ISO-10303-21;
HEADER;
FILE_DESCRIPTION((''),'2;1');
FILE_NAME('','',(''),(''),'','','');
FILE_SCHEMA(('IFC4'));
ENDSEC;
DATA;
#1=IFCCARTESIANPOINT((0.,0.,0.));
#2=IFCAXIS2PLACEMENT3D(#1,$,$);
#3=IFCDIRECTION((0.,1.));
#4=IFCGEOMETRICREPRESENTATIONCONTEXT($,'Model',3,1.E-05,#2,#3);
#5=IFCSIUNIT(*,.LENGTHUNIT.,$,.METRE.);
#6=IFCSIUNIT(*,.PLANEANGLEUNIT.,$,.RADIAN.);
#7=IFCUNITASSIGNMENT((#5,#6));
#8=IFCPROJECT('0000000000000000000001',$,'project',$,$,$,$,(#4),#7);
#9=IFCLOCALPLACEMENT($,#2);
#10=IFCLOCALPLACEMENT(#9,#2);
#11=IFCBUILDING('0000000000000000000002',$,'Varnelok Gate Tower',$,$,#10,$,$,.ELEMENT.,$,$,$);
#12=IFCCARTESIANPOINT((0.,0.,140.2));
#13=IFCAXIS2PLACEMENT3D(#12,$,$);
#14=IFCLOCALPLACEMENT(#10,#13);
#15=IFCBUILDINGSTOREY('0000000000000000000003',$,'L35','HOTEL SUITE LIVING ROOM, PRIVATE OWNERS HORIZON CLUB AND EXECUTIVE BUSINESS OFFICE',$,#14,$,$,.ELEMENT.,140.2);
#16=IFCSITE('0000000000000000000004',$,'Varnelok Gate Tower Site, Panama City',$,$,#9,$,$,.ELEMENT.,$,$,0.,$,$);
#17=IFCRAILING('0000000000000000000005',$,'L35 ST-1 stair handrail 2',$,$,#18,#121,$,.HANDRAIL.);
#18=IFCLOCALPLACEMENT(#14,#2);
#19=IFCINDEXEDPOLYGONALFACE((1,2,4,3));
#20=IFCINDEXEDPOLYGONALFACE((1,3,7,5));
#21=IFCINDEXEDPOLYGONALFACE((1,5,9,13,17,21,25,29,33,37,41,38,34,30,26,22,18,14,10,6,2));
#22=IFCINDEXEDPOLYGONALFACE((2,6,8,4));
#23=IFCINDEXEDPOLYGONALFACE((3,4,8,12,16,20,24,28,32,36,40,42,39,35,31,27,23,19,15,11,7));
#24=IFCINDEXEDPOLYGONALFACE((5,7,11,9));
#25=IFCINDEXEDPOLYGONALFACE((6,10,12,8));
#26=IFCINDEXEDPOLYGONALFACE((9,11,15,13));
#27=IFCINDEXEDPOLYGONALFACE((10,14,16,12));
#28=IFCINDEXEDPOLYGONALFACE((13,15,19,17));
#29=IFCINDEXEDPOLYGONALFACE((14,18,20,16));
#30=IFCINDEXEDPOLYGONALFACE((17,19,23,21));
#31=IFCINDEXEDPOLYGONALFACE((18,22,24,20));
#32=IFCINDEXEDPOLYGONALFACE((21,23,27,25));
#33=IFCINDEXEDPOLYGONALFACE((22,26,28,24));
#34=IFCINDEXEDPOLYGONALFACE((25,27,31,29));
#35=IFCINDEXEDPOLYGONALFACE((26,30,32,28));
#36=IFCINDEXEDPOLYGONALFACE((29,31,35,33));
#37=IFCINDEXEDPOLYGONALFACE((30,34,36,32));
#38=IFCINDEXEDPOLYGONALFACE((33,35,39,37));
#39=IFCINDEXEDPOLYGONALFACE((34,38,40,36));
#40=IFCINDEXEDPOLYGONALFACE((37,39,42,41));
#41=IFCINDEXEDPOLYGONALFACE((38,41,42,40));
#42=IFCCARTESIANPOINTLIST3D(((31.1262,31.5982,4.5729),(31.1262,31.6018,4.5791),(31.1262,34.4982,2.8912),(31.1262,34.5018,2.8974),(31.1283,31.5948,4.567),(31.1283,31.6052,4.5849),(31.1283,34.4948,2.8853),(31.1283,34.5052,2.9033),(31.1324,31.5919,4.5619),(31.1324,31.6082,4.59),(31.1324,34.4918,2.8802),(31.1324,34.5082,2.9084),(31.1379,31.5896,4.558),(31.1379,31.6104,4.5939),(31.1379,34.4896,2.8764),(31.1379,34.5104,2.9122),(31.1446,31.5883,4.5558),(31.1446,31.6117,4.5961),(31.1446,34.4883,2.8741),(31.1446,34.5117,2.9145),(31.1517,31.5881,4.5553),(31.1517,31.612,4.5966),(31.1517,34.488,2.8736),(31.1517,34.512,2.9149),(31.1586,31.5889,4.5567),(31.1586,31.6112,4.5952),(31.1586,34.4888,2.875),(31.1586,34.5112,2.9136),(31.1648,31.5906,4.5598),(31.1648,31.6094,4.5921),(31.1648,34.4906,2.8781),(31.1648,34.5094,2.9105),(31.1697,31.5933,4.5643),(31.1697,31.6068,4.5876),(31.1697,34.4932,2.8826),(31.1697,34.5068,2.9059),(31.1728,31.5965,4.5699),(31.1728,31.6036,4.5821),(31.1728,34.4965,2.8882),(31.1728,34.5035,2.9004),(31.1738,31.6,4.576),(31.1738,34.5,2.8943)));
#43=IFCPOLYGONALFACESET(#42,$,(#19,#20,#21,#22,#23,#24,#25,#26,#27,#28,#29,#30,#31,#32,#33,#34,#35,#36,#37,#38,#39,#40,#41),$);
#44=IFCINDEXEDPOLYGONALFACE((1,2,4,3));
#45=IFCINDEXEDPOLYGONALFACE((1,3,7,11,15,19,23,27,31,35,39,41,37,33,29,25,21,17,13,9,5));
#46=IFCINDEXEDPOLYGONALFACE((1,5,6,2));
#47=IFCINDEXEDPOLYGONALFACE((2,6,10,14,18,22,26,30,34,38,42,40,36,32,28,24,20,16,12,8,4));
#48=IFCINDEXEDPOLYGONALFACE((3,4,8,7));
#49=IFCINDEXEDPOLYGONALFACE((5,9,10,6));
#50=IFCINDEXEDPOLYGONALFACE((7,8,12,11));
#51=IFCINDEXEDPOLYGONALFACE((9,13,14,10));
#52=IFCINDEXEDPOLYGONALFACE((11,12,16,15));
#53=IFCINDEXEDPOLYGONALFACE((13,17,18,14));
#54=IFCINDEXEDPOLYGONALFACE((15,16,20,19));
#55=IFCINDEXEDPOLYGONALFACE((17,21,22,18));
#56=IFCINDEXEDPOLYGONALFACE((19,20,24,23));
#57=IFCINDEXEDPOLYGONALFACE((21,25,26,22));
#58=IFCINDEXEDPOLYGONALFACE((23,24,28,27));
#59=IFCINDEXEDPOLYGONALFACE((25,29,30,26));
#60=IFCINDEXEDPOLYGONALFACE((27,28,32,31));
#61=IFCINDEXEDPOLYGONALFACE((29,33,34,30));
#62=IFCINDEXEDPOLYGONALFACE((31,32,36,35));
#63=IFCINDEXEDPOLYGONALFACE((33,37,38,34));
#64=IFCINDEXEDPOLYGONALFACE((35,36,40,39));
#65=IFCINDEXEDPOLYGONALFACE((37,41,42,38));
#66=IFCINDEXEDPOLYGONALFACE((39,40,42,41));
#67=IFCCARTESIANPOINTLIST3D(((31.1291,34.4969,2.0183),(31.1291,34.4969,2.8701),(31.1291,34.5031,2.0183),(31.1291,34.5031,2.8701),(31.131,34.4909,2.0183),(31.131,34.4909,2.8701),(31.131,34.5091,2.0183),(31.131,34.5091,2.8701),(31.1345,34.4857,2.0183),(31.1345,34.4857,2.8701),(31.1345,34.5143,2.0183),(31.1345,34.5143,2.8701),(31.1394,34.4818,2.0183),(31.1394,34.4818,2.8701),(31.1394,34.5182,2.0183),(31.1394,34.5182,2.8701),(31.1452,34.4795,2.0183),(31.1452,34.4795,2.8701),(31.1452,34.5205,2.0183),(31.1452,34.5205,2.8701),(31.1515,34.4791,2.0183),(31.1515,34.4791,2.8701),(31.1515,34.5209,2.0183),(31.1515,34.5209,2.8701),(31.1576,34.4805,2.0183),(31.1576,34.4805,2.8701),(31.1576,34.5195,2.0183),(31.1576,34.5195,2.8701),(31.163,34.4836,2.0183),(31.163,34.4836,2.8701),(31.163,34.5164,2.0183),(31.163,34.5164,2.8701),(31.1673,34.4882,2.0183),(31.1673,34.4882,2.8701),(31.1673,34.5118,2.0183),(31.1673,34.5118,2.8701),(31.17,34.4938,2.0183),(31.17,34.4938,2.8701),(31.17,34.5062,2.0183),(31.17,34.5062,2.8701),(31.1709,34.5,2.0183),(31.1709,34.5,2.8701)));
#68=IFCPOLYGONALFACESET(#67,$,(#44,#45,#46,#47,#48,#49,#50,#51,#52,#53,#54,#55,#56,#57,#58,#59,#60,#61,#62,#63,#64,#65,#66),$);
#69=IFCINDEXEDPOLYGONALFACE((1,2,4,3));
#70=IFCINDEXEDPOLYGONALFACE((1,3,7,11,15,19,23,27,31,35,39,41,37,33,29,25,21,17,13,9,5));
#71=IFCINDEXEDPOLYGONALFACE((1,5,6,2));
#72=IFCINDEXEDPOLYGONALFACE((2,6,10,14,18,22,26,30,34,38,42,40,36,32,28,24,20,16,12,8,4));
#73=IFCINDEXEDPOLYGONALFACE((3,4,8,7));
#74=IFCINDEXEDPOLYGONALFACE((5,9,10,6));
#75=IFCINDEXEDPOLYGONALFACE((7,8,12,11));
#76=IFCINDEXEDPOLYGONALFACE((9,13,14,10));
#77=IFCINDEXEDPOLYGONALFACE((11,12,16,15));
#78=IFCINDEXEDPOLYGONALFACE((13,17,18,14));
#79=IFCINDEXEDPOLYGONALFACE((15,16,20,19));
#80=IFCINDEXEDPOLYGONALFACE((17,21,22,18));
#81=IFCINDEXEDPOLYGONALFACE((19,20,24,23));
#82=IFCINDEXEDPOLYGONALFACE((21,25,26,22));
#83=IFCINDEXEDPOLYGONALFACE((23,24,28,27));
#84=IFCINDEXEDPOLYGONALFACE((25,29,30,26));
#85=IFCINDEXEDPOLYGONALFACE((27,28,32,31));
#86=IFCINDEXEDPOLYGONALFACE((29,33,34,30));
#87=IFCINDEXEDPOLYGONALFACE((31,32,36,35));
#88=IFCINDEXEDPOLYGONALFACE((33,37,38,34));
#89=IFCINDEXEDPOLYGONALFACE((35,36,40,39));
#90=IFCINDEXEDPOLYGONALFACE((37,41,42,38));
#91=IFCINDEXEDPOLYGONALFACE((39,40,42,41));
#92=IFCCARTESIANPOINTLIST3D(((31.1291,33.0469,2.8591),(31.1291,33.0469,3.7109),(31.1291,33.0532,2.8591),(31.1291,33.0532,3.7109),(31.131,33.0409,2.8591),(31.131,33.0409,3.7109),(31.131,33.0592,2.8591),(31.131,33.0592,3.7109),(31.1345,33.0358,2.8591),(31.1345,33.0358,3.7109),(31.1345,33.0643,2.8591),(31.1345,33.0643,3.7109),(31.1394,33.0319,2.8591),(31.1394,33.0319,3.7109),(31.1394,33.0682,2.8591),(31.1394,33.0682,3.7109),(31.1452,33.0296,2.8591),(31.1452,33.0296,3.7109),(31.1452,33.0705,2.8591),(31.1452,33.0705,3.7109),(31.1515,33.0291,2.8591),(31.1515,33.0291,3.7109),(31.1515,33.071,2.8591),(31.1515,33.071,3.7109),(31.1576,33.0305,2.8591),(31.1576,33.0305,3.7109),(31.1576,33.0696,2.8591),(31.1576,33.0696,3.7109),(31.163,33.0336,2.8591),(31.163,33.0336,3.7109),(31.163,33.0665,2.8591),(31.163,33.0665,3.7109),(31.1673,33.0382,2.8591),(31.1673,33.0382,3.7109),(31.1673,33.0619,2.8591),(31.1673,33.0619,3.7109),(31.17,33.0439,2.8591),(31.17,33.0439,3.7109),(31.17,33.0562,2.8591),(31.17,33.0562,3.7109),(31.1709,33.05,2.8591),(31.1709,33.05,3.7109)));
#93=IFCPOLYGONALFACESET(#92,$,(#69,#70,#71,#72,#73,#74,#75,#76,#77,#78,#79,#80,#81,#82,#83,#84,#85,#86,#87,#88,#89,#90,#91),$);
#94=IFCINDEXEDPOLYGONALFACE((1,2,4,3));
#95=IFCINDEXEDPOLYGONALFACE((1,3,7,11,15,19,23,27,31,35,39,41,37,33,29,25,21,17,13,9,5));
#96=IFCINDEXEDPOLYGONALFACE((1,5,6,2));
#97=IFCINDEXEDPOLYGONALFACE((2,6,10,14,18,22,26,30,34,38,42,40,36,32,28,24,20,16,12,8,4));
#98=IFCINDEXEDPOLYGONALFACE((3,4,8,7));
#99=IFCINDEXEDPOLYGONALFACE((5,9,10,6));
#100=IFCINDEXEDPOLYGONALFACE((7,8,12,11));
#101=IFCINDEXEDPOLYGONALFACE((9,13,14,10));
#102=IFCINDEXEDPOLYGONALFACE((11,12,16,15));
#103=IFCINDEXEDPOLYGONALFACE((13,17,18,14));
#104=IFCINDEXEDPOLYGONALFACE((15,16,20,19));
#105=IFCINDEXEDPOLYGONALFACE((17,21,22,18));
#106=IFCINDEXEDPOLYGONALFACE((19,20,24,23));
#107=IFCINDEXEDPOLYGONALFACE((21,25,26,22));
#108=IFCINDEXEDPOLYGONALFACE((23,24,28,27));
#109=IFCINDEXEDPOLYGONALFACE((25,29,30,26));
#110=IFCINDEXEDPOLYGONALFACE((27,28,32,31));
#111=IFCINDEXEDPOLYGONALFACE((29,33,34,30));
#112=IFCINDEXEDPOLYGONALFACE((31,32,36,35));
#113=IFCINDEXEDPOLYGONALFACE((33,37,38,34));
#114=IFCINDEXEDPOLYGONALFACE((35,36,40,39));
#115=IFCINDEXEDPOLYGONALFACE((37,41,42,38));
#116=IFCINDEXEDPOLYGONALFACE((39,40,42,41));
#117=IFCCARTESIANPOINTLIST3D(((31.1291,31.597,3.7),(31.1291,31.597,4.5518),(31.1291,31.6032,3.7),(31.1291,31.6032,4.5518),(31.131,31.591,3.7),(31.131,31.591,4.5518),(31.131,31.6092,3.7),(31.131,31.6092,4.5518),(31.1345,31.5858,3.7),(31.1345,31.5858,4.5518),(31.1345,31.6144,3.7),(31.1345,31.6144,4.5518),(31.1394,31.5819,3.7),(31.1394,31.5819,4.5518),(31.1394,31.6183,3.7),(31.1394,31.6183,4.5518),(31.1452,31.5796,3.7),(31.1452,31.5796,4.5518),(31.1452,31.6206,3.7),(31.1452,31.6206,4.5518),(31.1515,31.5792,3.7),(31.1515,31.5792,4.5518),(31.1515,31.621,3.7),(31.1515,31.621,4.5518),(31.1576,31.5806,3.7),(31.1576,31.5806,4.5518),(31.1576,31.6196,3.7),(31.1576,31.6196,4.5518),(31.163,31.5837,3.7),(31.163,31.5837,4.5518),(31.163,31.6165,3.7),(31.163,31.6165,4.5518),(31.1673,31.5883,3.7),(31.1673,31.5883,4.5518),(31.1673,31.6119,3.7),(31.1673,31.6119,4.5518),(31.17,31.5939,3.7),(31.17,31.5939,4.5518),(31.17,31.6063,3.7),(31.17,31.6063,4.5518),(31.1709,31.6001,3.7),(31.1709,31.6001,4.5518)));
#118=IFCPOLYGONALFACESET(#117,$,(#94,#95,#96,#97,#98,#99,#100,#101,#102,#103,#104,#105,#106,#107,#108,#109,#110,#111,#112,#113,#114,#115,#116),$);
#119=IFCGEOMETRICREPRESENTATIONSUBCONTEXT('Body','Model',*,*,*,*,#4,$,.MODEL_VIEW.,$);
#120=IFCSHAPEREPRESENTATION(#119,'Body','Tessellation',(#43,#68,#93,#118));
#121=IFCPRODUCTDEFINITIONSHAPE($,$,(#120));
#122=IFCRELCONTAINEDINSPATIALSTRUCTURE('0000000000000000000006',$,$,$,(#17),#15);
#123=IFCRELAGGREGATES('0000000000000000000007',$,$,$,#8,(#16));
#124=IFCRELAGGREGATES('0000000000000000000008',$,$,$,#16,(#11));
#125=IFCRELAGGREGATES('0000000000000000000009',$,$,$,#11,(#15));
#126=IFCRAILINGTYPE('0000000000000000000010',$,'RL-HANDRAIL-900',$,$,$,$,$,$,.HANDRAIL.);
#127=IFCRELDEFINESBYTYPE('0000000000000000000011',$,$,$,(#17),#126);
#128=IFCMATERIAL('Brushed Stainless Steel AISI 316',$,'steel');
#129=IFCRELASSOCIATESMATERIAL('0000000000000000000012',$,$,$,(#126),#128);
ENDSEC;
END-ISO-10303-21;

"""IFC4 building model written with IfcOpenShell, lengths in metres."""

from ifc_helpers import new_model, si_unit, direction, frame, origin, origin_2d, place, context, subcontext, project, spatial, circle, extrude, material, type_object, element, save


model = new_model("IFC4")

# Units and contexts
model_context = context("Model", 3, precision=1e-05, world=origin(), true_north=direction((0.0, 1.0)))
body_context = subcontext(model_context, "Body", "Model", "MODEL_VIEW")
ifc_project = project(units=[si_unit("LENGTHUNIT", "METRE"), si_unit("PLANEANGLEUNIT", "RADIAN")], contexts=[model_context])

# Site, building, storey
site_placement = place(None, origin())
site = spatial("IfcSite", under=ifc_project, at=site_placement, Name="Varnelok Gate Tower Site, Panama City", CompositionType="ELEMENT", RefElevation=0.0)
building_placement = place(site_placement, origin())
building = spatial("IfcBuilding", under=site, at=building_placement, Name="Varnelok Gate Tower", CompositionType="ELEMENT")
storey_placement = place(building_placement, frame((0.0, 0.0, 140.2)))
storey = spatial("IfcBuildingStorey", under=building, at=storey_placement, Name="L35", Description="HOTEL SUITE LIVING ROOM, PRIVATE OWNERS HORIZON CLUB AND EXECUTIVE BUSINESS OFFICE", CompositionType="ELEMENT", Elevation=140.2)

# Railing
ifc_material_1 = material(Name="Brushed Stainless Steel AISI 316", Category="steel")
railing_type_1 = type_object("IfcRailingType", Name="RL-HANDRAIL-900", PredefinedType="HANDRAIL", material=ifc_material_1)
railing_1_placement = place(storey_placement, frame((31.1499, 34.5, 2.0183)))
element("IfcRailing", 1, at=railing_1_placement, inside=storey, type_object=railing_type_1, Name="L35 ST-1 stair handrail 2", PredefinedType="HANDRAIL", context=body_context, shape_type="SweptSolid", body=[
    extrude(circle(Radius=0.0239, at=origin_2d()), frame((0.0, 0.0, 0.876), z_axis=(0.0, -0.86507, 0.501651), x_axis=(1.0, 0.0, 0.0)), (0.0, 0.0, 1.0), 3.3523),
    extrude(circle(Radius=0.021, at=origin_2d()), origin(), (0.0, 0.0, 1.0), 0.8518),
    extrude(circle(Radius=0.021, at=origin_2d()), frame((0.0, -1.45, 0.8408)), (0.0, 0.0, 1.0), 0.8518),
    extrude(circle(Radius=0.021, at=origin_2d()), frame((0.0, -2.8999, 1.6816)), (0.0, 0.0, 1.0), 0.8518),
])

save(model, "model.ifc")
